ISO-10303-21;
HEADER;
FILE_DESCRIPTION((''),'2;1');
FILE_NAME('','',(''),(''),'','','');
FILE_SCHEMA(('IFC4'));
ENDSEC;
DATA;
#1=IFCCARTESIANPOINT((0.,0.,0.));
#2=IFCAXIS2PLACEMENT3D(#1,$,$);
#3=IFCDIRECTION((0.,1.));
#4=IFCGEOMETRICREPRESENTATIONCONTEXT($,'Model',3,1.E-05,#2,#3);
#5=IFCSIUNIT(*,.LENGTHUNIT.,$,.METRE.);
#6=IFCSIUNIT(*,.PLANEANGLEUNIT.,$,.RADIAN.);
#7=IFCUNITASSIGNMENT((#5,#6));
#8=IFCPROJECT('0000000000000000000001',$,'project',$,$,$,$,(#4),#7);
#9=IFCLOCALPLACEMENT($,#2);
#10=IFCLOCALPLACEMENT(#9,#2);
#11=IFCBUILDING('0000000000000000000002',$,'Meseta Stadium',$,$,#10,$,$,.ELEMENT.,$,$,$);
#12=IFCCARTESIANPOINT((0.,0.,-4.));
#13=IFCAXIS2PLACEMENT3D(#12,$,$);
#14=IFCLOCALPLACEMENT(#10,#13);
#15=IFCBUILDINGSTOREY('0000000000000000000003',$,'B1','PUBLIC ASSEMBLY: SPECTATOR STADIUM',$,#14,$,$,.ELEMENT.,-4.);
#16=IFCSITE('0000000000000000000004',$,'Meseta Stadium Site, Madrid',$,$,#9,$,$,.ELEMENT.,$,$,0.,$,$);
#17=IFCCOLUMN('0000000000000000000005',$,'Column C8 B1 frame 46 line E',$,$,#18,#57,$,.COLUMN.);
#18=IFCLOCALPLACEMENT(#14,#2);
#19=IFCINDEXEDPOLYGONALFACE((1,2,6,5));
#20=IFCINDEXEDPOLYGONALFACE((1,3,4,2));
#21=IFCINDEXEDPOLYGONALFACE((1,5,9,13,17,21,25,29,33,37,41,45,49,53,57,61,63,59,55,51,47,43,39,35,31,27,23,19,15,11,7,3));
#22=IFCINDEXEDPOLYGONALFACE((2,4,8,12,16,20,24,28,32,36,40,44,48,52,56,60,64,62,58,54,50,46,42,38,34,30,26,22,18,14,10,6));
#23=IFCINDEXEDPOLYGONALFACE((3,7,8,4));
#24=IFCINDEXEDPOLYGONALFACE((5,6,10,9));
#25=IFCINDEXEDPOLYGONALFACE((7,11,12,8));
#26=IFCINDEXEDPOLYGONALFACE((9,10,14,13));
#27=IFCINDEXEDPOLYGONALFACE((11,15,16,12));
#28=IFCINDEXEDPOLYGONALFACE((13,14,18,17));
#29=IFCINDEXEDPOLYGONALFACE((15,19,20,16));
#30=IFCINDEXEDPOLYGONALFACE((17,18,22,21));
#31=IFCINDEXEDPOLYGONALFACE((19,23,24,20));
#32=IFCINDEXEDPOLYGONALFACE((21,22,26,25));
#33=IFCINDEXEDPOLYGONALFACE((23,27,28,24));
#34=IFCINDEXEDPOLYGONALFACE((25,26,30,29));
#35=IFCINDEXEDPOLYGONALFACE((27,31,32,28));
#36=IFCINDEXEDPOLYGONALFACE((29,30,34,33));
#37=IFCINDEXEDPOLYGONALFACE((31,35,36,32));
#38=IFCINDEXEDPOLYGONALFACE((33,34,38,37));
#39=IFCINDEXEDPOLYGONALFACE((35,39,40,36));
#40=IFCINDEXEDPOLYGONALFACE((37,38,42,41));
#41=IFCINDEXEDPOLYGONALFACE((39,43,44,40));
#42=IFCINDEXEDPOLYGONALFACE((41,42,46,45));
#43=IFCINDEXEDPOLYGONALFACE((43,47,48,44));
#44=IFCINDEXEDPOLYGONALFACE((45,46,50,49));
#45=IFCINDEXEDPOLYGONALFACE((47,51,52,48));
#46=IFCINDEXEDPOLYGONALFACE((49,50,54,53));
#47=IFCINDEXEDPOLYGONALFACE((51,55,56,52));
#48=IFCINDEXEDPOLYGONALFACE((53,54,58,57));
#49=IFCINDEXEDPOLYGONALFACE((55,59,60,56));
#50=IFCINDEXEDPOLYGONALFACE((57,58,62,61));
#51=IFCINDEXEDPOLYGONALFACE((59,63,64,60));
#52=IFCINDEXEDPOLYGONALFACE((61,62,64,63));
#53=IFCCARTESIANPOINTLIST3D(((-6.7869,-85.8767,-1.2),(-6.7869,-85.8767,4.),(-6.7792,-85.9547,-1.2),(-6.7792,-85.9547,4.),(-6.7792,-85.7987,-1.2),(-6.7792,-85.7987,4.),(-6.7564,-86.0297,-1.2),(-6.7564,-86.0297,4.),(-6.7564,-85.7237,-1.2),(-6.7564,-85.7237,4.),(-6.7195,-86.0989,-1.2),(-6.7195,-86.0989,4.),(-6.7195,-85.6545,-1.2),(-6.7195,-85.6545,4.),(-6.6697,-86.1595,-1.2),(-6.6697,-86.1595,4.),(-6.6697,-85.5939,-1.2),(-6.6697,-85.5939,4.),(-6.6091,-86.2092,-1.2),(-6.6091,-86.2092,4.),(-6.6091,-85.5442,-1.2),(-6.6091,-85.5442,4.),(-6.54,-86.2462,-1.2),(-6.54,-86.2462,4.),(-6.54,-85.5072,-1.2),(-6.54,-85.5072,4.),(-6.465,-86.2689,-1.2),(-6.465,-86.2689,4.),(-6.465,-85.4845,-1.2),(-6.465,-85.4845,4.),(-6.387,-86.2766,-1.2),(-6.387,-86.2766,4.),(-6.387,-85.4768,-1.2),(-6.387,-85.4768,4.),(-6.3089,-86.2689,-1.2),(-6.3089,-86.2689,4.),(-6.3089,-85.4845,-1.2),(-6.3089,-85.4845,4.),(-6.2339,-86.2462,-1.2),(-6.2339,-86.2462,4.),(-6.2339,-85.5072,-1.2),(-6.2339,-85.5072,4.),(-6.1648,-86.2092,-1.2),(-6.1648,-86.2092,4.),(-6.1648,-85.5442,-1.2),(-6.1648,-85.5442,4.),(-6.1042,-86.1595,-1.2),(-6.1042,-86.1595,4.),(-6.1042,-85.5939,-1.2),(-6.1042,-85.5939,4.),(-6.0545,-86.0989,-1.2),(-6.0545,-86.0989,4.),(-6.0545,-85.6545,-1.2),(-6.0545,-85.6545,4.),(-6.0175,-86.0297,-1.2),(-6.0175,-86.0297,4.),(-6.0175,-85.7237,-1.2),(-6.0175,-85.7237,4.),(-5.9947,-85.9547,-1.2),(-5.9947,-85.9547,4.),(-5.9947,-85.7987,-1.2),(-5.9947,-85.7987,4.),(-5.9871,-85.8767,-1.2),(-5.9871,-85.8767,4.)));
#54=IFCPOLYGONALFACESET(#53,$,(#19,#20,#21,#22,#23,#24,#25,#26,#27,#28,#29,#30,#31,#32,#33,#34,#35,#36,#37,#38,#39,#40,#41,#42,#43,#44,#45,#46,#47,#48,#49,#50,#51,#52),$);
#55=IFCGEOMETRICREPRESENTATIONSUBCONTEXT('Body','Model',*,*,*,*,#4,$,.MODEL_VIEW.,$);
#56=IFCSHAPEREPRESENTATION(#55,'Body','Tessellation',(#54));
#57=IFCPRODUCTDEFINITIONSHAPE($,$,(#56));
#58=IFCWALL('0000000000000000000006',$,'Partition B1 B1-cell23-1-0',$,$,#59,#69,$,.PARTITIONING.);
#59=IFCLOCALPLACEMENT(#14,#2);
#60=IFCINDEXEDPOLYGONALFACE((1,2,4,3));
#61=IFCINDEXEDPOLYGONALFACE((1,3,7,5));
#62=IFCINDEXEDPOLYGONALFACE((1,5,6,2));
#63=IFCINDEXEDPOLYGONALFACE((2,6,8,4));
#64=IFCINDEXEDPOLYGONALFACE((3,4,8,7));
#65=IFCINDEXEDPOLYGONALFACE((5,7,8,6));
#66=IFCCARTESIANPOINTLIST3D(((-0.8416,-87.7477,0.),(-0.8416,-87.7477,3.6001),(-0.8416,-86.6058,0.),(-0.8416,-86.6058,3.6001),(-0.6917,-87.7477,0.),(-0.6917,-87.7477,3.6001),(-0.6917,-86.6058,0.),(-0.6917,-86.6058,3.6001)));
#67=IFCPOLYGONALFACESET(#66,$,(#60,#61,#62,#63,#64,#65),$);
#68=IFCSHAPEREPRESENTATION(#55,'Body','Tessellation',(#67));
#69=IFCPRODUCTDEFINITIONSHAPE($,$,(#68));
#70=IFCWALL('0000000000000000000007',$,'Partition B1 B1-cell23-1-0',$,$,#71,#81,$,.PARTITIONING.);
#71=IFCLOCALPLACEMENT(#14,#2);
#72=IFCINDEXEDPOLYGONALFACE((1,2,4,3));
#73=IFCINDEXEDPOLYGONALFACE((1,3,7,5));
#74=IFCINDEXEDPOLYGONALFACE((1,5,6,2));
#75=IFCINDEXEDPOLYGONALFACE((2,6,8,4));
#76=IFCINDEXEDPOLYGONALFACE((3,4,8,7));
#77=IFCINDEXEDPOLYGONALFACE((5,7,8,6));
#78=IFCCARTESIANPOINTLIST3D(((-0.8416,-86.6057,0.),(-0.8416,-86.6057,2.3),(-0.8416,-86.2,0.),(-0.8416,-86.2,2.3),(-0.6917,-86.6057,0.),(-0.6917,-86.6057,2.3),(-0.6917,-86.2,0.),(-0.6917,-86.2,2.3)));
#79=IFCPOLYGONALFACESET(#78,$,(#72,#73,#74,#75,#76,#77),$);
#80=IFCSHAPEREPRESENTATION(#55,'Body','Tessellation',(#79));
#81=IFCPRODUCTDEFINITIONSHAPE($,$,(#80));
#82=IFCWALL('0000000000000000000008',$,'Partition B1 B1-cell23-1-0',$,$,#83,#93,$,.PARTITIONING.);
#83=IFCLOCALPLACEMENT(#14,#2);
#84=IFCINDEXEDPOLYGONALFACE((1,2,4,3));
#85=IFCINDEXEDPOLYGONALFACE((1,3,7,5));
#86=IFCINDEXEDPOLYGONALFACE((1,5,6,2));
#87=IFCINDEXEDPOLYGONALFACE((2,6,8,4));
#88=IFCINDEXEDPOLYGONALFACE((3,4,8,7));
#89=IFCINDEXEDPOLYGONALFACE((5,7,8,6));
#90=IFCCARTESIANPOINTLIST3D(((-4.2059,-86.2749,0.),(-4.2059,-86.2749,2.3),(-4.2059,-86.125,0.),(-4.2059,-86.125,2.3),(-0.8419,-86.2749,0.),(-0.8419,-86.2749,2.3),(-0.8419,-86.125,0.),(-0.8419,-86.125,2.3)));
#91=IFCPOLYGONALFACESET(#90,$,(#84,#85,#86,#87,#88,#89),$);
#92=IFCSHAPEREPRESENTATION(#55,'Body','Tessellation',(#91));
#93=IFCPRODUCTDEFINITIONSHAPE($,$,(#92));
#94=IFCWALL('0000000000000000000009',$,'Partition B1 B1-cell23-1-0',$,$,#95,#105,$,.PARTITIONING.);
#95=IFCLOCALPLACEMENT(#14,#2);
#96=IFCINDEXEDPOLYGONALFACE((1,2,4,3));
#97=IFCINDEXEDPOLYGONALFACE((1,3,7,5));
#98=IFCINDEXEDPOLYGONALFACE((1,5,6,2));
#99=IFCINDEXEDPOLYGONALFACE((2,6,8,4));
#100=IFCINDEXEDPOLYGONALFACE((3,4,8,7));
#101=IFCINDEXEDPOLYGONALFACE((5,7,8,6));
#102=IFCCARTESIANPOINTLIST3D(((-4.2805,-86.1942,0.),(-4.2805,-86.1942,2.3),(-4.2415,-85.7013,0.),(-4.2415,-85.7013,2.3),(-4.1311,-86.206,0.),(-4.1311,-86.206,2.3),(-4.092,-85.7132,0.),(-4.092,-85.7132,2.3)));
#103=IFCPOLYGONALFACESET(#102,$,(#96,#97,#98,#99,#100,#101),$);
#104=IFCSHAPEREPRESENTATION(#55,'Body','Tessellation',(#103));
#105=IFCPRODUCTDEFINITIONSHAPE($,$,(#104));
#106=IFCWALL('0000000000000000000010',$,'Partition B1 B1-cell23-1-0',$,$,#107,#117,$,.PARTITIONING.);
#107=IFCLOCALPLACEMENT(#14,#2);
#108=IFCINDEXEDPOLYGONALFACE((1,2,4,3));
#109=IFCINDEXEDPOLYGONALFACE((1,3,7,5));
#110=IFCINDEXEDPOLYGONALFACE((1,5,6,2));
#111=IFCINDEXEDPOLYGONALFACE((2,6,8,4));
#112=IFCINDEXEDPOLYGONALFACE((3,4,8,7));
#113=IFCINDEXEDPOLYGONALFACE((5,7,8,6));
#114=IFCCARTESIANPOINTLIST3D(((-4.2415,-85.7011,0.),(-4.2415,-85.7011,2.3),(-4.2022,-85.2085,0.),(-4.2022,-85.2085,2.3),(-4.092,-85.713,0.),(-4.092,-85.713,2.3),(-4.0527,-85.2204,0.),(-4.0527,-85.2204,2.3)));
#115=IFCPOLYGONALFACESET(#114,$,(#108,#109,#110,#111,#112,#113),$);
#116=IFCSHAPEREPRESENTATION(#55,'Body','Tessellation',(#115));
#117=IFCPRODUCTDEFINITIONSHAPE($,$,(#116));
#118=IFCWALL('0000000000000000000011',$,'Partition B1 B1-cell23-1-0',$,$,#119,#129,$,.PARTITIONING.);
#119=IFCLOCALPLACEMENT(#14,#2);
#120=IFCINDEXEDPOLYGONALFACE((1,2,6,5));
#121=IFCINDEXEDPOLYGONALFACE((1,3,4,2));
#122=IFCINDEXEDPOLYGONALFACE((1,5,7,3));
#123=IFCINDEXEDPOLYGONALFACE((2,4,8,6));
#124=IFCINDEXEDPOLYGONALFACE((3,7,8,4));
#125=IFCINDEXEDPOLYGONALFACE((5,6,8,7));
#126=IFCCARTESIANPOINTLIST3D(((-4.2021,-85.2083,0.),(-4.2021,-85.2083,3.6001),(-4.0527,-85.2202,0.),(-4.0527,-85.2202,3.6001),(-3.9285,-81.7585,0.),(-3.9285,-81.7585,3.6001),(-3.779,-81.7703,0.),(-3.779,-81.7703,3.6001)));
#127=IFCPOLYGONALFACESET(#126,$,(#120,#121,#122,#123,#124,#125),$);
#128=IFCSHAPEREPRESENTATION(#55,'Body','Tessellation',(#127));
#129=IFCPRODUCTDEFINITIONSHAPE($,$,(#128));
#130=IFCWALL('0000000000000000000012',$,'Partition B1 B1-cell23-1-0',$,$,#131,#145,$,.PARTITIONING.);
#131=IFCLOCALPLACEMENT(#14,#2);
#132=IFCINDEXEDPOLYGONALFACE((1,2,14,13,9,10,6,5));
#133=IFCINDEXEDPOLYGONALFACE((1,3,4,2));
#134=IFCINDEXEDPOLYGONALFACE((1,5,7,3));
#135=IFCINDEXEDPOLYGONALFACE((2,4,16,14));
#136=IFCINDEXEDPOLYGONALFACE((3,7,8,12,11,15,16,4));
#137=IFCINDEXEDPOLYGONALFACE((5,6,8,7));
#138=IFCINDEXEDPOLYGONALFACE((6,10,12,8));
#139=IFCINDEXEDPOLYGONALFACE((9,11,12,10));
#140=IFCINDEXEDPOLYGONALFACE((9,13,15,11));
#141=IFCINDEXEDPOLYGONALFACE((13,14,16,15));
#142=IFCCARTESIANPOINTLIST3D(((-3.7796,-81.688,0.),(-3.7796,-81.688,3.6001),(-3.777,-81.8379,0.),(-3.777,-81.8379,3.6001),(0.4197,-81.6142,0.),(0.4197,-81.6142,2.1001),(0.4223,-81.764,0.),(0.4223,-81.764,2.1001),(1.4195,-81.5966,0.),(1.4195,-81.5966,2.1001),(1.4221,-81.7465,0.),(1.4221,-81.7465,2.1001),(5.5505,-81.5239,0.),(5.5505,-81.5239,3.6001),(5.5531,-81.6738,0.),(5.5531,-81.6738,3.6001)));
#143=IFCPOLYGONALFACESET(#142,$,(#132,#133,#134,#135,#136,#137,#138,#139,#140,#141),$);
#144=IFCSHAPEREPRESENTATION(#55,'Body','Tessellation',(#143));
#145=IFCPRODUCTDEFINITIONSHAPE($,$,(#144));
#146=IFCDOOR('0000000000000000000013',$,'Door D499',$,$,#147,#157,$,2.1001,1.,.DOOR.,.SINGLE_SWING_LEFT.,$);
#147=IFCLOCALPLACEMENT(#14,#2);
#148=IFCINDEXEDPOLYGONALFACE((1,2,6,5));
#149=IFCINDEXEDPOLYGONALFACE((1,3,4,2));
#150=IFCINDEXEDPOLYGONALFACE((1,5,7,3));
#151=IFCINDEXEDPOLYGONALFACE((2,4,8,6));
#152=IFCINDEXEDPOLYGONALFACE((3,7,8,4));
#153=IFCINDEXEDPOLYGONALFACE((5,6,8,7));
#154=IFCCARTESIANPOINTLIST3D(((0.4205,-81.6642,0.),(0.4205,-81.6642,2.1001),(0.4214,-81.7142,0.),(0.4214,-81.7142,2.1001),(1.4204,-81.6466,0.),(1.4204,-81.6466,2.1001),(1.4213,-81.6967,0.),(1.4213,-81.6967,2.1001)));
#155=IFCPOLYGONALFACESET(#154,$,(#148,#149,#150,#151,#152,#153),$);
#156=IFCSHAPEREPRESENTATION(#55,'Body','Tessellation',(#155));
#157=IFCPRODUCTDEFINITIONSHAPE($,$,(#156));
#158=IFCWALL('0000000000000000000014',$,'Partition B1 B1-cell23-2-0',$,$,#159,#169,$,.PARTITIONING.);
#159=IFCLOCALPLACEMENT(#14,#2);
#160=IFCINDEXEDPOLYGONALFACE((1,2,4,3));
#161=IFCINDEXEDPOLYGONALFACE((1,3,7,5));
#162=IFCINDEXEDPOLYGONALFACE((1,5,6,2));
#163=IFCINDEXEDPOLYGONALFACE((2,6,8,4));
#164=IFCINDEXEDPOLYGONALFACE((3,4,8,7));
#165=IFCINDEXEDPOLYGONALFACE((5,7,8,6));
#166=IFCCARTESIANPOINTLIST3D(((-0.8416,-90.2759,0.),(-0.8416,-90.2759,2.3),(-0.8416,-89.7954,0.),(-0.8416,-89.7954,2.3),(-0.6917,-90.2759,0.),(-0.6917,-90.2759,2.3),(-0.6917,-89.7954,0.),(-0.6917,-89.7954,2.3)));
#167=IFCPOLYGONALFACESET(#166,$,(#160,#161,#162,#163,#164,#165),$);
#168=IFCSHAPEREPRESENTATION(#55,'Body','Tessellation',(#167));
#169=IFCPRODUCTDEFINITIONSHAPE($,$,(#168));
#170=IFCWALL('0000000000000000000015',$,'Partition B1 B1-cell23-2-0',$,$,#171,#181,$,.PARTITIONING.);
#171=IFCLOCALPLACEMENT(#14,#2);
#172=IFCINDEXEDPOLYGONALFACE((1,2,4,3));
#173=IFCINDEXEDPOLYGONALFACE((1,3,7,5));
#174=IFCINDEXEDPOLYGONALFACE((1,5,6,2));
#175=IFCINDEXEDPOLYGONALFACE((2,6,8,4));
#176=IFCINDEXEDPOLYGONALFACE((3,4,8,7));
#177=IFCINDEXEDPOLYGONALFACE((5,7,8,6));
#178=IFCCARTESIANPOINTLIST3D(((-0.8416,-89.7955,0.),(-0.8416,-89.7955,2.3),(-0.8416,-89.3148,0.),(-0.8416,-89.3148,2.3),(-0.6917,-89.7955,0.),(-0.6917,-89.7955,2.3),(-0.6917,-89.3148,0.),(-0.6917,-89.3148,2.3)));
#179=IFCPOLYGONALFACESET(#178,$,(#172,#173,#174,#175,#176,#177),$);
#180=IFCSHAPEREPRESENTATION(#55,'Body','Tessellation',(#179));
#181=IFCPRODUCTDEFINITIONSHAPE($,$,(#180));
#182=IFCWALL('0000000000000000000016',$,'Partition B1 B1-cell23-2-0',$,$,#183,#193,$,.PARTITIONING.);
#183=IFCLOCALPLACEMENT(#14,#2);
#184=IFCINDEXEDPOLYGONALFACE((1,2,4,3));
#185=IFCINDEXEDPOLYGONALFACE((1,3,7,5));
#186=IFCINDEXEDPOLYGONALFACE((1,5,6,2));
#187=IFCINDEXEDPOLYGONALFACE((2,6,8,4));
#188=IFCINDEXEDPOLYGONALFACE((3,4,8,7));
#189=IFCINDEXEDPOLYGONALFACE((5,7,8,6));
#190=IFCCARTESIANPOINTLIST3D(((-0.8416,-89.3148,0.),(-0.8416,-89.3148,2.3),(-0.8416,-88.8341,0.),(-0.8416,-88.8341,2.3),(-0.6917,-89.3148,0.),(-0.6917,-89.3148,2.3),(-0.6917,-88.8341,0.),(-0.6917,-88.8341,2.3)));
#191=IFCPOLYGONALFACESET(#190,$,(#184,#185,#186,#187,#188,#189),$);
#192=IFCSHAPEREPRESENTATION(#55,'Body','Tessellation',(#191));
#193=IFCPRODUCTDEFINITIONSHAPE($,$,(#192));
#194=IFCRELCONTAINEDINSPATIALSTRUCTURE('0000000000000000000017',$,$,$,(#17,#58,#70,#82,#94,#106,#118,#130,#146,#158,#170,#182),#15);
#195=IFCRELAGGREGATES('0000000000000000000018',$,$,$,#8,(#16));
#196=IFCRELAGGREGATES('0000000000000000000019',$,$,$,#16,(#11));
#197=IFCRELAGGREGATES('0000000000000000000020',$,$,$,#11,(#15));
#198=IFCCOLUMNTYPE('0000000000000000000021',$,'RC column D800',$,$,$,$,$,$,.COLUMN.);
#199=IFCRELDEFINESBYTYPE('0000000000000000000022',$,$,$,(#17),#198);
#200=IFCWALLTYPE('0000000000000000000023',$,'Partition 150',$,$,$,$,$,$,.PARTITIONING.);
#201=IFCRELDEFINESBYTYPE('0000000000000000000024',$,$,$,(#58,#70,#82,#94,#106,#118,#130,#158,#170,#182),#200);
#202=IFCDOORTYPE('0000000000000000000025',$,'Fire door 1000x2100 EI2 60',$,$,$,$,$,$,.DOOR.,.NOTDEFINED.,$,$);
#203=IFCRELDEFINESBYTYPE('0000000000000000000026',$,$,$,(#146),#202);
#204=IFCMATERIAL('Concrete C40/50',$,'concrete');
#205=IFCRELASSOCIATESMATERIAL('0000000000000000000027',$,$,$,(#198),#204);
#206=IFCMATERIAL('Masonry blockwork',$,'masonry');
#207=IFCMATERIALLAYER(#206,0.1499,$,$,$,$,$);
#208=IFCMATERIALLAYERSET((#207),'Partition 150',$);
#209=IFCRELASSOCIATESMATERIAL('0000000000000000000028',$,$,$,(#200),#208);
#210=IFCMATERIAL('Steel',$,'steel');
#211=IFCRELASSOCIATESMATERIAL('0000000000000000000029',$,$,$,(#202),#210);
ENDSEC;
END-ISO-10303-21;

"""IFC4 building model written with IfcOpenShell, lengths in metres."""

from ifc_helpers import new_model, si_unit, direction, frame, frame_2d, origin, origin_2d, place, context, subcontext, project, spatial, rectangle, circle, extrude, material, layer, layer_set, material_profile, profile_set, type_object, element, fill, save


model = new_model("IFC4")

# Units and contexts
model_context = context("Model", 3, precision=1e-05, world=origin(), true_north=direction((0.0, 1.0)))
body_context = subcontext(model_context, "Body", "Model", "MODEL_VIEW")
ifc_project = project(units=[si_unit("LENGTHUNIT", "METRE"), si_unit("PLANEANGLEUNIT", "RADIAN")], contexts=[model_context])

# Site, building, storey
site_placement = place(None, origin())
site = spatial("IfcSite", under=ifc_project, at=site_placement, Name="Meseta Stadium Site, Madrid", CompositionType="ELEMENT", RefElevation=0.0)
building_placement = place(site_placement, origin())
building = spatial("IfcBuilding", under=site, at=building_placement, Name="Meseta Stadium", CompositionType="ELEMENT")
storey_placement = place(building_placement, frame((0.0, 0.0, -4.0)))
storey = spatial("IfcBuildingStorey", under=building, at=storey_placement, Name="B1", Description="PUBLIC ASSEMBLY: SPECTATOR STADIUM", CompositionType="ELEMENT", Elevation=-4.0)

# Column
ifc_material_1 = material(Name="Concrete C40/50", Category="concrete")
ifc_material_profile = material_profile(ifc_material_1, circle(Radius=0.3999, at=origin_2d()), Name="RC D800")
ifc_profile_set = profile_set([ifc_material_profile], Name="Concrete C40/50")
column_type = type_object("IfcColumnType", Name="RC column D800", PredefinedType="COLUMN", material=ifc_profile_set)
column_placement = place(storey_placement, frame((-6.387, -85.8767, -1.2), z_axis=(0.0, 0.0, 1.0), x_axis=(1.0, 0.0, 0.0)))
element("IfcColumn", 1, at=column_placement, inside=storey, type_object=column_type, Name="Column C8 B1 frame 46 line E", PredefinedType="COLUMN", context=body_context, shape_type="SweptSolid", body=[
    extrude(circle(Radius=0.3999, at=origin_2d()), origin(), (0.0, 0.0, 1.0), 5.2),
])

# Walls
ifc_material_2 = material(Name="Masonry blockwork", Category="masonry")
ifc_layer = layer(ifc_material_2, 0.1499)
ifc_layer_set = layer_set([ifc_layer], Name="Partition 150")
wall_type = type_object("IfcWallType", Name="Partition 150", PredefinedType="PARTITIONING", material=ifc_layer_set)
wall_1_placement = place(storey_placement, frame((-0.7666, -87.7476, 0.0), z_axis=(0.0, 0.0, 1.0), x_axis=(0.0, 1.0, 0.0)))
element("IfcWall", 2, at=wall_1_placement, inside=storey, type_object=wall_type, Name="Partition B1 B1-cell23-1-0", PredefinedType="PARTITIONING", context=body_context, shape_type="SweptSolid", body=[
    extrude(rectangle(XDim=1.1418, YDim=0.1499, at=frame_2d((0.5708, 0.0))), origin(), (0.0, 0.0, 1.0), 3.6001),
])
wall_2_placement = place(storey_placement, frame((-0.7666, -86.6057, 0.0), z_axis=(0.0, 0.0, 1.0), x_axis=(0.0, 1.0, 0.0)))
element("IfcWall", 3, at=wall_2_placement, inside=storey, type_object=wall_type, Name="Partition B1 B1-cell23-1-0", PredefinedType="PARTITIONING", context=body_context, shape_type="SweptSolid", body=[
    extrude(rectangle(XDim=0.4058, YDim=0.1499, at=frame_2d((0.2029, 0.0))), origin(), (0.0, 0.0, 1.0), 2.3),
])
wall_3_placement = place(storey_placement, frame((-0.8418, -86.2, 0.0), z_axis=(0.0, 0.0, 1.0), x_axis=(-1.0, 0.0, 0.0)))
element("IfcWall", 4, at=wall_3_placement, inside=storey, type_object=wall_type, Name="Partition B1 B1-cell23-1-0", PredefinedType="PARTITIONING", context=body_context, shape_type="SweptSolid", body=[
    extrude(rectangle(XDim=3.364, YDim=0.1499, at=frame_2d((1.6821, 0.0))), origin(), (0.0, 0.0, 1.0), 2.3),
])
wall_4_placement = place(storey_placement, frame((-4.2058, -86.2, 0.0), z_axis=(0.0, 0.0, 1.0), x_axis=(0.078999, 0.996875, 0.0)))
element("IfcWall", 5, at=wall_4_placement, inside=storey, type_object=wall_type, Name="Partition B1 B1-cell23-1-0", PredefinedType="PARTITIONING", context=body_context, shape_type="SweptSolid", body=[
    extrude(rectangle(XDim=0.4944, YDim=0.1499, at=frame_2d((0.2471, 0.0))), origin(), (0.0, 0.0, 1.0), 2.3),
])
wall_5_placement = place(storey_placement, frame((-4.1667, -85.707, 0.0), z_axis=(0.0, 0.0, 1.0), x_axis=(0.079529, 0.996833, 0.0)))
element("IfcWall", 6, at=wall_5_placement, inside=storey, type_object=wall_type, Name="Partition B1 B1-cell23-1-0", PredefinedType="PARTITIONING", context=body_context, shape_type="SweptSolid", body=[
    extrude(rectangle(XDim=0.4941, YDim=0.1499, at=frame_2d((0.2471, 0.0))), origin(), (0.0, 0.0, 1.0), 2.3),
])
wall_6_placement = place(storey_placement, frame((-4.1274, -85.2144, 0.0), z_axis=(0.0, 0.0, 1.0), x_axis=(0.079081, 0.996868, 0.0)))
element("IfcWall", 7, at=wall_6_placement, inside=storey, type_object=wall_type, Name="Partition B1 B1-cell23-1-0", PredefinedType="PARTITIONING", context=body_context, shape_type="SweptSolid", body=[
    extrude(rectangle(XDim=3.4607, YDim=0.1499, at=frame_2d((1.7305, 0.0))), origin(), (0.0, 0.0, 1.0), 3.6001),
])

# Wall, opening, door
wall_7_placement = place(storey_placement, frame((-3.7783, -81.7629, 0.0), z_axis=(0.0, 0.0, 1.0), x_axis=(0.999845, 0.017582, 0.0)))
wall_7 = element("IfcWall", 8, at=wall_7_placement, inside=storey, type_object=wall_type, Name="Partition B1 B1-cell23-1-0", PredefinedType="PARTITIONING", context=body_context, shape_type="SweptSolid", body=[
    extrude(rectangle(XDim=9.3315, YDim=0.1499, at=frame_2d((4.6658, 0.0))), origin(), (0.0, 0.0, 1.0), 3.6001),
])
opening_placement = place(wall_7_placement, frame((4.2, 0.0, 0.0)))
opening = element("IfcOpeningElement", 9, at=opening_placement, cuts=wall_7, PredefinedType="OPENING", context=body_context, shape_type="SweptSolid", body=[
    extrude(rectangle(XDim=1.0, YDim=2.1001, at=frame_2d((0.5, 1.05))), frame((0.0, 0.085, 0.0), z_axis=(0.0, -1.0, 0.0), x_axis=(1.0, 0.0, 0.0)), (0.0, 0.0, 1.0), 0.1699),
])
ifc_material_3 = material(Name="Steel", Category="steel")
door_type = type_object("IfcDoorType", Name="Fire door 1000x2100 EI2 60", OperationType="NOTDEFINED", PredefinedType="DOOR", material=ifc_material_3)
door_placement = place(opening_placement, origin())
door = element("IfcDoor", 10, at=door_placement, inside=storey, type_object=door_type, Name="Door D499", OperationType="SINGLE_SWING_LEFT", OverallHeight=2.1001, OverallWidth=1.0, PredefinedType="DOOR", context=body_context, shape_type="SweptSolid", body=[
    extrude(rectangle(XDim=1.0, YDim=2.1001, at=frame_2d((0.5, 1.05))), frame((0.0, 0.0249, 0.0), z_axis=(0.0, -1.0, 0.0), x_axis=(1.0, 0.0, 0.0)), (0.0, 0.0, 1.0), 0.05),
])
fill(opening, door)

# Walls
wall_8_placement = place(storey_placement, frame((-0.7666, -90.2759, 0.0), z_axis=(0.0, 0.0, 1.0), x_axis=(0.0, 1.0, 0.0)))
element("IfcWall", 11, at=wall_8_placement, inside=storey, type_object=wall_type, Name="Partition B1 B1-cell23-2-0", PredefinedType="PARTITIONING", context=body_context, shape_type="SweptSolid", body=[
    extrude(rectangle(XDim=0.4805, YDim=0.1499, at=frame_2d((0.2402, 0.0))), origin(), (0.0, 0.0, 1.0), 2.3),
])
for number, where, z_axis, x_axis, name in (
    (12, (-0.7666, -89.7954, 0.0), (0.0, 0.0, 1.0), (0.0, 1.0, 0.0), "Partition B1 B1-cell23-2-0"),
    (13, (-0.7666, -89.3147, 0.0), (0.0, 0.0, 1.0), (0.0, 1.0, 0.0), "Partition B1 B1-cell23-2-0"),
):
    element("IfcWall", number, at=place(storey_placement, frame(where, z_axis=z_axis, x_axis=x_axis)), inside=storey, type_object=wall_type, Name=name, PredefinedType="PARTITIONING", context=body_context, shape_type="SweptSolid", body=[
        extrude(rectangle(XDim=0.4807, YDim=0.1499, at=frame_2d((0.2402, 0.0))), origin(), (0.0, 0.0, 1.0), 2.3),
    ])

save(model, "model.ifc")
